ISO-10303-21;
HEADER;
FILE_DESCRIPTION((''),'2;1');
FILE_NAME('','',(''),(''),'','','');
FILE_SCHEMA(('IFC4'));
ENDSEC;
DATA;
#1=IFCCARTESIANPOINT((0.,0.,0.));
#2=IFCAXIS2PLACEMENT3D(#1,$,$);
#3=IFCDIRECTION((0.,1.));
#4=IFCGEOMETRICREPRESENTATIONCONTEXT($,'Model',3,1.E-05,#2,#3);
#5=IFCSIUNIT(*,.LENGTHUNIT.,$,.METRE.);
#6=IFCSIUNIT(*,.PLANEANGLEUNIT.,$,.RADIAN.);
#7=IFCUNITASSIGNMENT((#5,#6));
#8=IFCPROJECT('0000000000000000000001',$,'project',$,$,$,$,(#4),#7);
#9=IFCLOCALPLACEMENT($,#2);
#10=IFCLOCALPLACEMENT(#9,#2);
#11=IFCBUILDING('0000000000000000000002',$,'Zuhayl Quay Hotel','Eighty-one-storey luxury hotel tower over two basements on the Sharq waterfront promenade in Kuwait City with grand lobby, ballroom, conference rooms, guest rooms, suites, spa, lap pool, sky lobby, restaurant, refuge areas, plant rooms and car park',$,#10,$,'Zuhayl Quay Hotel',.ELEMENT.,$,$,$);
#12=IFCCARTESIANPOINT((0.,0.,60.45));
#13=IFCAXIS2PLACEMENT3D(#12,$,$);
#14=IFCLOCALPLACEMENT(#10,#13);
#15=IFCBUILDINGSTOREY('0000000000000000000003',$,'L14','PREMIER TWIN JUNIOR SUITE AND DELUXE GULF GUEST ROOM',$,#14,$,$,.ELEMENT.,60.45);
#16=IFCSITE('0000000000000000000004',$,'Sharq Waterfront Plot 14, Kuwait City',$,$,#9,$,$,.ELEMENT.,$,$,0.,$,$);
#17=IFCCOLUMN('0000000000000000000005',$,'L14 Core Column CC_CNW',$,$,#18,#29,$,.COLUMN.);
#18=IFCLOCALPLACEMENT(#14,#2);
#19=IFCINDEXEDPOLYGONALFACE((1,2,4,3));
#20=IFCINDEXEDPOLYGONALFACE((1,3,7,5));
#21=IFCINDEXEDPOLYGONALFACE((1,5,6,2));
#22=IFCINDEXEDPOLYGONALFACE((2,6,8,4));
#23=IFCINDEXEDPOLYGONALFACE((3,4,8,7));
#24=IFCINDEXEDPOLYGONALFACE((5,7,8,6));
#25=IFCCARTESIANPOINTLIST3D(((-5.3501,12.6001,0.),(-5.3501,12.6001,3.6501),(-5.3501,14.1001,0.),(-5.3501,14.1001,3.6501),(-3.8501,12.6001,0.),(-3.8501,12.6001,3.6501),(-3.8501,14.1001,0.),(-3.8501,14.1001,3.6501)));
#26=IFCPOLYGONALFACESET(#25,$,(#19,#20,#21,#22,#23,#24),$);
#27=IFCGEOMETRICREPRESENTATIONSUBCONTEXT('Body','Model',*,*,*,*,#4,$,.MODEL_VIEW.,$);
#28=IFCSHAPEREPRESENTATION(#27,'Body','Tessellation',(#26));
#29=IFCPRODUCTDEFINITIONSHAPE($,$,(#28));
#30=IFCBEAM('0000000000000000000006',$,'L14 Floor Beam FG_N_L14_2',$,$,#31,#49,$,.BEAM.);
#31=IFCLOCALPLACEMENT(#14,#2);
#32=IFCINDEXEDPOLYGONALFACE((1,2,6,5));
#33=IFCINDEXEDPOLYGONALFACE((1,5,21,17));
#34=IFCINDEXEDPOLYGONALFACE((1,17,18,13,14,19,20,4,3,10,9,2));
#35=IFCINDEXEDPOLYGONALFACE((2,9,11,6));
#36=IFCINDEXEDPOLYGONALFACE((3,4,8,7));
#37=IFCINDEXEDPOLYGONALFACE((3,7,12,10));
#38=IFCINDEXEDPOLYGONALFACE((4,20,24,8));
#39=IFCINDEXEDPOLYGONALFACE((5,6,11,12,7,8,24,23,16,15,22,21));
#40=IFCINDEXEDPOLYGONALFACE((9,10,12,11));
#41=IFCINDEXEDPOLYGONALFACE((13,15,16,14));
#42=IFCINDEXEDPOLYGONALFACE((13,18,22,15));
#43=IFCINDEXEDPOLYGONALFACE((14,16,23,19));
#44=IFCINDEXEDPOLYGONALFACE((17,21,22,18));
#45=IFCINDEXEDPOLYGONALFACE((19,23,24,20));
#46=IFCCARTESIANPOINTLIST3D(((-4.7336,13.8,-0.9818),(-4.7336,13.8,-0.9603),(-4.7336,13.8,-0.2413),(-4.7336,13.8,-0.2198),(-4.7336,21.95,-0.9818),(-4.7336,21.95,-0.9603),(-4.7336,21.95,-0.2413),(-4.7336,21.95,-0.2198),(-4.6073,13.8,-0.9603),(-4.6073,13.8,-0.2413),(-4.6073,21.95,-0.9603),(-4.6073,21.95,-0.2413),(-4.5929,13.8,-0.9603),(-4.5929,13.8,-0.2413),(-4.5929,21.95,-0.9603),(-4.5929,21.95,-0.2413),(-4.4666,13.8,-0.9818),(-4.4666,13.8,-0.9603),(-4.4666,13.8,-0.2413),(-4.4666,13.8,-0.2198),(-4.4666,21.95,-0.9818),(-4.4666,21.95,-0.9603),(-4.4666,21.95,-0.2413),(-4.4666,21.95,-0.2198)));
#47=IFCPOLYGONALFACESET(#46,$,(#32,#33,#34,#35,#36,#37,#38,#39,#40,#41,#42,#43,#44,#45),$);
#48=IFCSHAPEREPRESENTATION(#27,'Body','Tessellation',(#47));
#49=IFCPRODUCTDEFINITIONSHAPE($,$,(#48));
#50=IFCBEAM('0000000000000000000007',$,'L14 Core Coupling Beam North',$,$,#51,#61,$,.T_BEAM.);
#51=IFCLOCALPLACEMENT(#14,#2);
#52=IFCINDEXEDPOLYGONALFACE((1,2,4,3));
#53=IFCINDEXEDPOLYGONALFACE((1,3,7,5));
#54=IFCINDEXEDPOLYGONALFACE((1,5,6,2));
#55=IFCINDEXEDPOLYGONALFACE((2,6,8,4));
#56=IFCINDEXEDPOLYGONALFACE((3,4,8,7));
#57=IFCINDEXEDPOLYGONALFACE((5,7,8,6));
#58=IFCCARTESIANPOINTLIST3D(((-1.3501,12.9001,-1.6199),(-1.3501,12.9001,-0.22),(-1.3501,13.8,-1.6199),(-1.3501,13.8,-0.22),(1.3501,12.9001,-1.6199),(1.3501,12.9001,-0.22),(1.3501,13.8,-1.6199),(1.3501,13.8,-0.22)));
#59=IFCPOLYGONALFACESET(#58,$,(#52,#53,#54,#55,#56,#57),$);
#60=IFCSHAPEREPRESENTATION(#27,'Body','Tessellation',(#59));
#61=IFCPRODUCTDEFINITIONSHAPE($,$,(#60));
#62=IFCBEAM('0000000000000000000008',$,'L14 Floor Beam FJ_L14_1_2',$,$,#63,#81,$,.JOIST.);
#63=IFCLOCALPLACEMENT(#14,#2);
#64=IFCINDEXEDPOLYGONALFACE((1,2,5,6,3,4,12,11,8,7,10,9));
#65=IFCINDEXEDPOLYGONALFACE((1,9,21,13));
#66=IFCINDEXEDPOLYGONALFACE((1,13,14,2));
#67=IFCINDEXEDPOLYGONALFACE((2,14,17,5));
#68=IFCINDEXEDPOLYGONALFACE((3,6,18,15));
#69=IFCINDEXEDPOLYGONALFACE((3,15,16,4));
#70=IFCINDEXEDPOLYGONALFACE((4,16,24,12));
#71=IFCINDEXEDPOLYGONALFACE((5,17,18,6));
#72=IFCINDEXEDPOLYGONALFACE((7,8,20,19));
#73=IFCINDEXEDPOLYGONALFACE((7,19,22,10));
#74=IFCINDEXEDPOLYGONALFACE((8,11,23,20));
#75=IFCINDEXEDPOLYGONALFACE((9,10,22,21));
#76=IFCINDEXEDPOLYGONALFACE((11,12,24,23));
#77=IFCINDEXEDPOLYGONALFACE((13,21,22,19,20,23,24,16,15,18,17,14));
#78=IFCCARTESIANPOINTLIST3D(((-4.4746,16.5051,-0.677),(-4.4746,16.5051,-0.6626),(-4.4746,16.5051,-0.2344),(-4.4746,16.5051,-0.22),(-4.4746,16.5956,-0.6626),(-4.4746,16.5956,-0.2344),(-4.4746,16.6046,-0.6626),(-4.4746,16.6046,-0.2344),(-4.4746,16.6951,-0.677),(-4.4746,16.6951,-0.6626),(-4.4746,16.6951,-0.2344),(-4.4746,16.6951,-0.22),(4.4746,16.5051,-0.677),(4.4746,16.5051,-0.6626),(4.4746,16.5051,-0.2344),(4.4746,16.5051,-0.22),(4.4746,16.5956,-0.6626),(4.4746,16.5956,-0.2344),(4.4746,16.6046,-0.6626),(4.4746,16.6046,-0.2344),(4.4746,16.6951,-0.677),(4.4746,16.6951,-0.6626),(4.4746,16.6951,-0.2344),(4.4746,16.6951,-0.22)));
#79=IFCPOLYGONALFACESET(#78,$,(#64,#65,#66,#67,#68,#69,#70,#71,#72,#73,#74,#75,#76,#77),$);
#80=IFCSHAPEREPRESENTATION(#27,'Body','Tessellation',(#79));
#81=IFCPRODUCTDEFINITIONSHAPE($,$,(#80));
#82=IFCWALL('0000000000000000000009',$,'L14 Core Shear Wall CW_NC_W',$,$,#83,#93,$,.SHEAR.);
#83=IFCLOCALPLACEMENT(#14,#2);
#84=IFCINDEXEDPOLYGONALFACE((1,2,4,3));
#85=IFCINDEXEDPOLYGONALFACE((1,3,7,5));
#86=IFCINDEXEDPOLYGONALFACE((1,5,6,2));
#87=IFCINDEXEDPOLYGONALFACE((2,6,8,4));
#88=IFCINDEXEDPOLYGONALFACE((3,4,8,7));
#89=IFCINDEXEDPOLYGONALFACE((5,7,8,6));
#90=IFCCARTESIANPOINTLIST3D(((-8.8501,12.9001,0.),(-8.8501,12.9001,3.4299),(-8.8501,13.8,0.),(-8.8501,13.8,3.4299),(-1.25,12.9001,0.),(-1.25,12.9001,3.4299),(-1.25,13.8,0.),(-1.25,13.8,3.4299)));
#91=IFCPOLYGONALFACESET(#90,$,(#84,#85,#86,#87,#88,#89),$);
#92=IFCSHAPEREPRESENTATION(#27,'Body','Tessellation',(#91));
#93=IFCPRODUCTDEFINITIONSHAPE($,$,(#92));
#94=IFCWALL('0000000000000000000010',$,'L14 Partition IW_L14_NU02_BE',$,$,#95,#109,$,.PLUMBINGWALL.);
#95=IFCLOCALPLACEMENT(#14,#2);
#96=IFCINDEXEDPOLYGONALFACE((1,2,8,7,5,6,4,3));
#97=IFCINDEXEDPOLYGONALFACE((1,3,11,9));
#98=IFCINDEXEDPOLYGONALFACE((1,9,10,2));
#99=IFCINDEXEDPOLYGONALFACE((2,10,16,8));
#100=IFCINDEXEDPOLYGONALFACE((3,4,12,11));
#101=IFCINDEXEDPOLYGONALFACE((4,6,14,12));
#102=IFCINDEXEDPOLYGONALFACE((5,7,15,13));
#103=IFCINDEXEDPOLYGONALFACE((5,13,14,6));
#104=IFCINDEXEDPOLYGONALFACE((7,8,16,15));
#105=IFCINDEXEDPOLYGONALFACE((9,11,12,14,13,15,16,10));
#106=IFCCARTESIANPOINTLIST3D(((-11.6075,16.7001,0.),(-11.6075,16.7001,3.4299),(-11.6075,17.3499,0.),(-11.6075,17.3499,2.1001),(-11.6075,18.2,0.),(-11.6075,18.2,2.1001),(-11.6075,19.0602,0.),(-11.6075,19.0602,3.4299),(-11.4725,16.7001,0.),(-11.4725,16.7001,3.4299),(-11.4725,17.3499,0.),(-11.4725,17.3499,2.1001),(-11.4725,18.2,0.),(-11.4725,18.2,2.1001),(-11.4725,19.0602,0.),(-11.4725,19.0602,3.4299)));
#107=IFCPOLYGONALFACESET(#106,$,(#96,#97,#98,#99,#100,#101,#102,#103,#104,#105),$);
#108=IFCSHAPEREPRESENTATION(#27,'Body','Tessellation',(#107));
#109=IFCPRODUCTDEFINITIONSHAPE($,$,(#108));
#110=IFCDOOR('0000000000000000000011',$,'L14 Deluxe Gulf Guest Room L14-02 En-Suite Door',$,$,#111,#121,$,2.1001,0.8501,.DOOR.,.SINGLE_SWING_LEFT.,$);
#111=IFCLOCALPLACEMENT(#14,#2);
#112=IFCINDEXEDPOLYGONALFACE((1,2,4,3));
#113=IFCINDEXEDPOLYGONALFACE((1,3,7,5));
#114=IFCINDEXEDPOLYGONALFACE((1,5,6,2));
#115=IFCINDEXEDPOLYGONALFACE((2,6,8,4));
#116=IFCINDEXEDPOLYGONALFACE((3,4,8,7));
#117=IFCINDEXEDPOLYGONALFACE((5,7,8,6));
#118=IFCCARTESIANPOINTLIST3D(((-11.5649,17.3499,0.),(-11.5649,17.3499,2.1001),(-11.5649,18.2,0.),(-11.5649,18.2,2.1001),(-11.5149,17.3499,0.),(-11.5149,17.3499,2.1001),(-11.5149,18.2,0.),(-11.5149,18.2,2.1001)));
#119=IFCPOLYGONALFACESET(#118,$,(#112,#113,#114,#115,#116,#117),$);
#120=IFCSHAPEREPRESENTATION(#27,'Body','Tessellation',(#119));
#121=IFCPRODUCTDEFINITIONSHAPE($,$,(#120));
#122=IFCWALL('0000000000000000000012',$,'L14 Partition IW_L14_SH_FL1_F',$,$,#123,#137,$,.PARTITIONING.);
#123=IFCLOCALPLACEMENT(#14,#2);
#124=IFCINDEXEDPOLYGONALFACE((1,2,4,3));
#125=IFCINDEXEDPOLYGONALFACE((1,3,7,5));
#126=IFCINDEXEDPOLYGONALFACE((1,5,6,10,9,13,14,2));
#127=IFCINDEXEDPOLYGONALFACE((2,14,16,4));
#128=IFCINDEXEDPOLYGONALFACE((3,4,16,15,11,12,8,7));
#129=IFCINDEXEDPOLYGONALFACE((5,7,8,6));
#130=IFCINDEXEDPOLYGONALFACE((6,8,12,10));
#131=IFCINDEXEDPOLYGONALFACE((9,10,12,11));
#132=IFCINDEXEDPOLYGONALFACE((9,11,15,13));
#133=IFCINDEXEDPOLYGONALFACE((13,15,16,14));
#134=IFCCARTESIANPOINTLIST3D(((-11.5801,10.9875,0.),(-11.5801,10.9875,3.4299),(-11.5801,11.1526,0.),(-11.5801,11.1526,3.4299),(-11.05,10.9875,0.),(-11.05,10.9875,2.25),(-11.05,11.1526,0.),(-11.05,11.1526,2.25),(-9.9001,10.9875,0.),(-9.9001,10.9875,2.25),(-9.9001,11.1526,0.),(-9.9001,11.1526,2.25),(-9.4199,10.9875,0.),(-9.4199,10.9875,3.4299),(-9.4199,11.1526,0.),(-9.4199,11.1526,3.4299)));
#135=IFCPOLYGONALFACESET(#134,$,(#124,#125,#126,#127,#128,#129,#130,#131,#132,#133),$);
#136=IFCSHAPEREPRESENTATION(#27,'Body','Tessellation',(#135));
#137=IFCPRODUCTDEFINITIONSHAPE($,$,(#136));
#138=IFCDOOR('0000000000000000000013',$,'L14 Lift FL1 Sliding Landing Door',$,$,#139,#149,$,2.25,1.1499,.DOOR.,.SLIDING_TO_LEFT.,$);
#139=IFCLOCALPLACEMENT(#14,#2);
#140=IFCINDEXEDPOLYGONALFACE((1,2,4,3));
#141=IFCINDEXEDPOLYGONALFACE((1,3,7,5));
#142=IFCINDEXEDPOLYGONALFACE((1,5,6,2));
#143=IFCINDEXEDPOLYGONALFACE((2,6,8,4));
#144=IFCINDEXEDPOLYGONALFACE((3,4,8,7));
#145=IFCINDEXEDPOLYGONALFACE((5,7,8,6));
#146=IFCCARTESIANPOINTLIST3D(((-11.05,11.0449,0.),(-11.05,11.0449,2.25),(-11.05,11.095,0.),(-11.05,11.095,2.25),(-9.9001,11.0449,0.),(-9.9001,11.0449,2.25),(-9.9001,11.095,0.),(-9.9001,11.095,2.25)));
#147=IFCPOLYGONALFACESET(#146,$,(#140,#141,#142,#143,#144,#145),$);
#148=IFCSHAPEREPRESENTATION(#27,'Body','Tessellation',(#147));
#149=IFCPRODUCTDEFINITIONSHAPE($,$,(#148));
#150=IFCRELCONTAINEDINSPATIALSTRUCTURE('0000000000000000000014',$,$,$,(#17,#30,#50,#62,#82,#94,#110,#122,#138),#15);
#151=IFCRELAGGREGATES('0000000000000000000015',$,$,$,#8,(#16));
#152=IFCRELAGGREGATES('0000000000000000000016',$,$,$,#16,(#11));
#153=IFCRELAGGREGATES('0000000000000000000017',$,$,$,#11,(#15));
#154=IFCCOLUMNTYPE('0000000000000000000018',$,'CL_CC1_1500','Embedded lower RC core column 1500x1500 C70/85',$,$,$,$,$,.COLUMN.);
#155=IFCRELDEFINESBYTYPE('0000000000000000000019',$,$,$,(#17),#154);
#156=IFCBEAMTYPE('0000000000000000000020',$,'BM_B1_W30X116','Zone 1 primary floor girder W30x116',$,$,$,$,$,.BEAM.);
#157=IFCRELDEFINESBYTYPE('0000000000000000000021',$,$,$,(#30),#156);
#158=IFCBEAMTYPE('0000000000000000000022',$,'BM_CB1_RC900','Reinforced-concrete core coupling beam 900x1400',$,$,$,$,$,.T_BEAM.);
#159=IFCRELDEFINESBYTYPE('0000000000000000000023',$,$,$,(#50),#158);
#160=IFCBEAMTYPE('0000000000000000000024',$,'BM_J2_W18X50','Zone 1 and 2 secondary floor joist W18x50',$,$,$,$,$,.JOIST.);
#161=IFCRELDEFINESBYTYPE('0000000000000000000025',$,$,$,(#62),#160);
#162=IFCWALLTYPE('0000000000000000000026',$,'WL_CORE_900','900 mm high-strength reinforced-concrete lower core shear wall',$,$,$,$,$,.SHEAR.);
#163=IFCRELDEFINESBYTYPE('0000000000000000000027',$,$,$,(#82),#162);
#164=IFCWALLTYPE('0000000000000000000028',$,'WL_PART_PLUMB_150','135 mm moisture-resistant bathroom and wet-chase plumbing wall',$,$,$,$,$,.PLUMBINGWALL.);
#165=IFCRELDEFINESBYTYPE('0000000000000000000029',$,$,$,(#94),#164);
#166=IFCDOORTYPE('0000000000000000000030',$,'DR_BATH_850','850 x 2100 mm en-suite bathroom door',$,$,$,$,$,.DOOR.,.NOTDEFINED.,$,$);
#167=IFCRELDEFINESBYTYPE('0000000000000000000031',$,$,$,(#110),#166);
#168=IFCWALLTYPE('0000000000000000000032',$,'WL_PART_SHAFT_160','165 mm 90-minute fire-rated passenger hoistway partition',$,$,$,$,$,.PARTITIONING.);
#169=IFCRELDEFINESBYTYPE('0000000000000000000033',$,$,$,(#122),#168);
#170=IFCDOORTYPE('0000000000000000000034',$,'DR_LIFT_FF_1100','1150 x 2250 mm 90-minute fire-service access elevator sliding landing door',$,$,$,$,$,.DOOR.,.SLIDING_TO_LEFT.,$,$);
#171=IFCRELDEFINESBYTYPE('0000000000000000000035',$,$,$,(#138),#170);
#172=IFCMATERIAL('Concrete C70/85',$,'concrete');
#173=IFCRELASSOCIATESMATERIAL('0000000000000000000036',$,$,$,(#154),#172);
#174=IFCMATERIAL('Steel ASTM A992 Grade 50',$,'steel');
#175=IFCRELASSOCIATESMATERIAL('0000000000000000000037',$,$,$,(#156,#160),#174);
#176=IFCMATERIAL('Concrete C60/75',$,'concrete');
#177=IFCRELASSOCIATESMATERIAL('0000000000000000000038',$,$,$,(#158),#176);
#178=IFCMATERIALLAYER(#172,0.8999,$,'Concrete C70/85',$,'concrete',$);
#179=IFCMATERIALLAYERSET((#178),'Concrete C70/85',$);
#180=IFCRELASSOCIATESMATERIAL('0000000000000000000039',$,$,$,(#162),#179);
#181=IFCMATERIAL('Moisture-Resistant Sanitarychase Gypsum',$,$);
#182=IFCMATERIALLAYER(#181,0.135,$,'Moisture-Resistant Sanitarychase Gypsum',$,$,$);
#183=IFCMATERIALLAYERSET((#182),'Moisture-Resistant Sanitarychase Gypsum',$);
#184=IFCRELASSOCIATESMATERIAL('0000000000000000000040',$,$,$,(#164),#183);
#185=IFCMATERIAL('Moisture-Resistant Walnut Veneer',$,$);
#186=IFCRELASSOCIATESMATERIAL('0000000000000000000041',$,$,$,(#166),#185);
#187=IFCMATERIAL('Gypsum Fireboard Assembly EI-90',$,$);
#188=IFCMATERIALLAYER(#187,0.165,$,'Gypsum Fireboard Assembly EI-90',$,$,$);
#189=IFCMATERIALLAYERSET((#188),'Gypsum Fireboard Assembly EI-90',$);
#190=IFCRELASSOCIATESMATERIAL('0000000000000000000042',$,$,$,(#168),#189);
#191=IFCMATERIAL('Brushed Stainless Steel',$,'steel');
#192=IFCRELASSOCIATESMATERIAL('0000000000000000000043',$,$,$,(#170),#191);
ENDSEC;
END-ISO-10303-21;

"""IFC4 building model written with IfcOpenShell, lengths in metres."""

from ifc_helpers import new_model, si_unit, direction, frame, frame_2d, origin, origin_2d, place, context, subcontext, project, spatial, rectangle, i_section, extrude, material, layer, layer_set, material_profile, profile_set, type_object, element, fill, save


model = new_model("IFC4")

# Units and contexts
model_context = context("Model", 3, precision=1e-05, world=origin(), true_north=direction((0.0, 1.0)))
body_context = subcontext(model_context, "Body", "Model", "MODEL_VIEW")
ifc_project = project(units=[si_unit("LENGTHUNIT", "METRE"), si_unit("PLANEANGLEUNIT", "RADIAN")], contexts=[model_context])

# Site, building, storey
site_placement = place(None, origin())
site = spatial("IfcSite", under=ifc_project, at=site_placement, Name="Sharq Waterfront Plot 14, Kuwait City", CompositionType="ELEMENT", RefElevation=0.0)
building_placement = place(site_placement, origin())
building = spatial("IfcBuilding", under=site, at=building_placement, Name="Zuhayl Quay Hotel", Description="Eighty-one-storey luxury hotel tower over two basements on the Sharq waterfront promenade in Kuwait City with grand lobby, ballroom, conference rooms, guest rooms, suites, spa, lap pool, sky lobby, restaurant, refuge areas, plant rooms and car park", LongName="Zuhayl Quay Hotel", CompositionType="ELEMENT")
storey_placement = place(building_placement, frame((0.0, 0.0, 60.45)))
storey = spatial("IfcBuildingStorey", under=building, at=storey_placement, Name="L14", Description="PREMIER TWIN JUNIOR SUITE AND DELUXE GULF GUEST ROOM", CompositionType="ELEMENT", Elevation=60.45)

# Column
ifc_material_1 = material(Name="Concrete C70/85", Category="concrete")
ifc_material_profile_1 = material_profile(ifc_material_1, rectangle(XDim=1.5, YDim=1.5, at=origin_2d()), Name="RC1500X1500")
ifc_profile_set_1 = profile_set([ifc_material_profile_1], Name="Concrete C70/85")
column_type = type_object("IfcColumnType", Name="CL_CC1_1500", Description="Embedded lower RC core column 1500x1500 C70/85", PredefinedType="COLUMN", material=ifc_profile_set_1)
column_placement = place(storey_placement, frame((-4.6001, 13.3501, 0.0), z_axis=(0.0, 0.0, 1.0), x_axis=(1.0, 0.0, 0.0)))
element("IfcColumn", 1, at=column_placement, inside=storey, type_object=column_type, Name="L14 Core Column CC_CNW", PredefinedType="COLUMN", context=body_context, shape_type="SweptSolid", body=[
    extrude(rectangle(XDim=1.5, YDim=1.5, at=origin_2d()), origin(), (0.0, 0.0, 1.0), 3.6501),
])

# Beams
ifc_material_2 = material(Name="Steel ASTM A992 Grade 50", Category="steel")
ifc_material_profile_2 = material_profile(ifc_material_2, i_section(OverallWidth=0.2671, OverallDepth=0.762, WebThickness=0.0144, FlangeThickness=0.0215, at=origin_2d()), Name="W30X116")
ifc_profile_set_2 = profile_set([ifc_material_profile_2], Name="Steel ASTM A992 Grade 50")
beam_type_1 = type_object("IfcBeamType", Name="BM_B1_W30X116", Description="Zone 1 primary floor girder W30x116", PredefinedType="BEAM", material=ifc_profile_set_2)
beam_1_placement = place(storey_placement, frame((-4.6001, 13.8, -0.6008), z_axis=(0.0, 1.0, 0.0), x_axis=(-1.0, 0.0, 0.0)))
element("IfcBeam", 2, at=beam_1_placement, inside=storey, type_object=beam_type_1, Name="L14 Floor Beam FG_N_L14_2", PredefinedType="BEAM", context=body_context, shape_type="SweptSolid", body=[
    extrude(i_section(OverallWidth=0.2671, OverallDepth=0.762, WebThickness=0.0144, FlangeThickness=0.0215, at=origin_2d()), origin(), (0.0, 0.0, 1.0), 8.1499),
])
ifc_material_3 = material(Name="Concrete C60/75", Category="concrete")
ifc_material_profile_3 = material_profile(ifc_material_3, rectangle(XDim=0.8999, YDim=1.3999, at=origin_2d()), Name="RC900X1400")
ifc_profile_set_3 = profile_set([ifc_material_profile_3], Name="Concrete C60/75")
beam_type_2 = type_object("IfcBeamType", Name="BM_CB1_RC900", Description="Reinforced-concrete core coupling beam 900x1400", PredefinedType="T_BEAM", material=ifc_profile_set_3)
beam_2_placement = place(storey_placement, frame((-1.3501, 13.3501, -0.9199), z_axis=(1.0, 0.0, 0.0), x_axis=(0.0, 1.0, 0.0)))
element("IfcBeam", 3, at=beam_2_placement, inside=storey, type_object=beam_type_2, Name="L14 Core Coupling Beam North", PredefinedType="T_BEAM", context=body_context, shape_type="SweptSolid", body=[
    extrude(rectangle(XDim=0.8999, YDim=1.3999, at=origin_2d()), origin(), (0.0, 0.0, 1.0), 2.7002),
])
ifc_material_profile_4 = material_profile(ifc_material_2, i_section(OverallWidth=0.1899, OverallDepth=0.457, WebThickness=0.009, FlangeThickness=0.0144, at=origin_2d()), Name="W18X50")
ifc_profile_set_4 = profile_set([ifc_material_profile_4], Name="Steel ASTM A992 Grade 50")
beam_type_3 = type_object("IfcBeamType", Name="BM_J2_W18X50", Description="Zone 1 and 2 secondary floor joist W18x50", PredefinedType="JOIST", material=ifc_profile_set_4)
beam_3_placement = place(storey_placement, frame((-4.4746, 16.6001, -0.4485), z_axis=(1.0, 0.0, 0.0), x_axis=(0.0, 1.0, 0.0)))
element("IfcBeam", 4, at=beam_3_placement, inside=storey, type_object=beam_type_3, Name="L14 Floor Beam FJ_L14_1_2", PredefinedType="JOIST", context=body_context, shape_type="SweptSolid", body=[
    extrude(i_section(OverallWidth=0.1899, OverallDepth=0.457, WebThickness=0.009, FlangeThickness=0.0144, at=origin_2d()), origin(), (0.0, 0.0, 1.0), 8.9492),
])

# Wall
ifc_layer_1 = layer(ifc_material_1, 0.8999, Name="Concrete C70/85", Category="concrete")
ifc_layer_set_1 = layer_set([ifc_layer_1], Name="Concrete C70/85")
wall_type_1 = type_object("IfcWallType", Name="WL_CORE_900", Description="900 mm high-strength reinforced-concrete lower core shear wall", PredefinedType="SHEAR", material=ifc_layer_set_1)
wall_1_placement = place(storey_placement, frame((-8.8501, 13.3501, 0.0), z_axis=(0.0, 0.0, 1.0), x_axis=(1.0, 0.0, 0.0)))
element("IfcWall", 5, at=wall_1_placement, inside=storey, type_object=wall_type_1, Name="L14 Core Shear Wall CW_NC_W", PredefinedType="SHEAR", context=body_context, shape_type="SweptSolid", body=[
    extrude(rectangle(XDim=7.6001, YDim=0.8999, at=frame_2d((3.8, 0.0))), origin(), (0.0, 0.0, 1.0), 3.4299),
])

# Walls, openings, doors
ifc_material_4 = material(Name="Moisture-Resistant Sanitarychase Gypsum")
ifc_layer_2 = layer(ifc_material_4, 0.135, Name="Moisture-Resistant Sanitarychase Gypsum")
ifc_layer_set_2 = layer_set([ifc_layer_2], Name="Moisture-Resistant Sanitarychase Gypsum")
wall_type_2 = type_object("IfcWallType", Name="WL_PART_PLUMB_150", Description="135 mm moisture-resistant bathroom and wet-chase plumbing wall", PredefinedType="PLUMBINGWALL", material=ifc_layer_set_2)
wall_2_placement = place(storey_placement, frame((-11.54, 16.7, 0.0), z_axis=(0.0, 0.0, 1.0), x_axis=(0.0, 1.0, 0.0)))
wall_2 = element("IfcWall", 6, at=wall_2_placement, inside=storey, type_object=wall_type_2, Name="L14 Partition IW_L14_NU02_BE", PredefinedType="PLUMBINGWALL", context=body_context, shape_type="SweptSolid", body=[
    extrude(rectangle(XDim=2.3601, YDim=0.135, at=frame_2d((1.1802, 0.0))), origin(), (0.0, 0.0, 1.0), 3.4299),
])
opening_1_placement = place(wall_2_placement, frame((0.6499, 0.0, 0.0)))
opening_1 = element("IfcOpeningElement", 7, at=opening_1_placement, cuts=wall_2, PredefinedType="OPENING", context=body_context, shape_type="SweptSolid", body=[
    extrude(rectangle(XDim=0.8501, YDim=2.1001, at=frame_2d((0.425, 1.05))), frame((0.0, 0.0774, 0.0), z_axis=(0.0, -1.0, 0.0), x_axis=(1.0, 0.0, 0.0)), (0.0, 0.0, 1.0), 0.155),
])
ifc_material_5 = material(Name="Moisture-Resistant Walnut Veneer")
door_type_1 = type_object("IfcDoorType", Name="DR_BATH_850", Description="850 x 2100 mm en-suite bathroom door", OperationType="NOTDEFINED", PredefinedType="DOOR", material=ifc_material_5)
door_1_placement = place(opening_1_placement, origin())
door_1 = element("IfcDoor", 8, at=door_1_placement, inside=storey, type_object=door_type_1, Name="L14 Deluxe Gulf Guest Room L14-02 En-Suite Door", OperationType="SINGLE_SWING_LEFT", OverallHeight=2.1001, OverallWidth=0.8501, PredefinedType="DOOR", context=body_context, shape_type="SweptSolid", body=[
    extrude(rectangle(XDim=0.8501, YDim=2.1001, at=frame_2d((0.425, 1.05))), frame((0.0, 0.0249, 0.0), z_axis=(0.0, -1.0, 0.0), x_axis=(1.0, 0.0, 0.0)), (0.0, 0.0, 1.0), 0.05),
])
fill(opening_1, door_1)
ifc_material_6 = material(Name="Gypsum Fireboard Assembly EI-90")
ifc_layer_3 = layer(ifc_material_6, 0.165, Name="Gypsum Fireboard Assembly EI-90")
ifc_layer_set_3 = layer_set([ifc_layer_3], Name="Gypsum Fireboard Assembly EI-90")
wall_type_3 = type_object("IfcWallType", Name="WL_PART_SHAFT_160", Description="165 mm 90-minute fire-rated passenger hoistway partition", PredefinedType="PARTITIONING", material=ifc_layer_set_3)
wall_3_placement = place(storey_placement, frame((-11.5801, 11.0701, 0.0), z_axis=(0.0, 0.0, 1.0), x_axis=(1.0, 0.0, 0.0)))
wall_3 = element("IfcWall", 9, at=wall_3_placement, inside=storey, type_object=wall_type_3, Name="L14 Partition IW_L14_SH_FL1_F", PredefinedType="PARTITIONING", context=body_context, shape_type="SweptSolid", body=[
    extrude(rectangle(XDim=2.1602, YDim=0.165, at=frame_2d((1.0801, 0.0))), origin(), (0.0, 0.0, 1.0), 3.4299),
])
opening_2_placement = place(wall_3_placement, frame((0.53, 0.0, 0.0)))
opening_2 = element("IfcOpeningElement", 10, at=opening_2_placement, cuts=wall_3, PredefinedType="OPENING", context=body_context, shape_type="SweptSolid", body=[
    extrude(rectangle(XDim=1.1499, YDim=2.25, at=frame_2d((0.575, 1.125))), frame((0.0, 0.0925, 0.0), z_axis=(0.0, -1.0, 0.0), x_axis=(1.0, 0.0, 0.0)), (0.0, 0.0, 1.0), 0.1851),
])
ifc_material_7 = material(Name="Brushed Stainless Steel", Category="steel")
door_type_2 = type_object("IfcDoorType", Name="DR_LIFT_FF_1100", Description="1150 x 2250 mm 90-minute fire-service access elevator sliding landing door", OperationType="SLIDING_TO_LEFT", PredefinedType="DOOR", material=ifc_material_7)
door_2_placement = place(opening_2_placement, origin())
door_2 = element("IfcDoor", 11, at=door_2_placement, inside=storey, type_object=door_type_2, Name="L14 Lift FL1 Sliding Landing Door", OperationType="SLIDING_TO_LEFT", OverallHeight=2.25, OverallWidth=1.1499, PredefinedType="DOOR", context=body_context, shape_type="SweptSolid", body=[
    extrude(rectangle(XDim=1.1499, YDim=2.25, at=frame_2d((0.575, 1.125))), frame((0.0, 0.0249, 0.0), z_axis=(0.0, -1.0, 0.0), x_axis=(1.0, 0.0, 0.0)), (0.0, 0.0, 1.0), 0.05),
])
fill(opening_2, door_2)

save(model, "model.ifc")
